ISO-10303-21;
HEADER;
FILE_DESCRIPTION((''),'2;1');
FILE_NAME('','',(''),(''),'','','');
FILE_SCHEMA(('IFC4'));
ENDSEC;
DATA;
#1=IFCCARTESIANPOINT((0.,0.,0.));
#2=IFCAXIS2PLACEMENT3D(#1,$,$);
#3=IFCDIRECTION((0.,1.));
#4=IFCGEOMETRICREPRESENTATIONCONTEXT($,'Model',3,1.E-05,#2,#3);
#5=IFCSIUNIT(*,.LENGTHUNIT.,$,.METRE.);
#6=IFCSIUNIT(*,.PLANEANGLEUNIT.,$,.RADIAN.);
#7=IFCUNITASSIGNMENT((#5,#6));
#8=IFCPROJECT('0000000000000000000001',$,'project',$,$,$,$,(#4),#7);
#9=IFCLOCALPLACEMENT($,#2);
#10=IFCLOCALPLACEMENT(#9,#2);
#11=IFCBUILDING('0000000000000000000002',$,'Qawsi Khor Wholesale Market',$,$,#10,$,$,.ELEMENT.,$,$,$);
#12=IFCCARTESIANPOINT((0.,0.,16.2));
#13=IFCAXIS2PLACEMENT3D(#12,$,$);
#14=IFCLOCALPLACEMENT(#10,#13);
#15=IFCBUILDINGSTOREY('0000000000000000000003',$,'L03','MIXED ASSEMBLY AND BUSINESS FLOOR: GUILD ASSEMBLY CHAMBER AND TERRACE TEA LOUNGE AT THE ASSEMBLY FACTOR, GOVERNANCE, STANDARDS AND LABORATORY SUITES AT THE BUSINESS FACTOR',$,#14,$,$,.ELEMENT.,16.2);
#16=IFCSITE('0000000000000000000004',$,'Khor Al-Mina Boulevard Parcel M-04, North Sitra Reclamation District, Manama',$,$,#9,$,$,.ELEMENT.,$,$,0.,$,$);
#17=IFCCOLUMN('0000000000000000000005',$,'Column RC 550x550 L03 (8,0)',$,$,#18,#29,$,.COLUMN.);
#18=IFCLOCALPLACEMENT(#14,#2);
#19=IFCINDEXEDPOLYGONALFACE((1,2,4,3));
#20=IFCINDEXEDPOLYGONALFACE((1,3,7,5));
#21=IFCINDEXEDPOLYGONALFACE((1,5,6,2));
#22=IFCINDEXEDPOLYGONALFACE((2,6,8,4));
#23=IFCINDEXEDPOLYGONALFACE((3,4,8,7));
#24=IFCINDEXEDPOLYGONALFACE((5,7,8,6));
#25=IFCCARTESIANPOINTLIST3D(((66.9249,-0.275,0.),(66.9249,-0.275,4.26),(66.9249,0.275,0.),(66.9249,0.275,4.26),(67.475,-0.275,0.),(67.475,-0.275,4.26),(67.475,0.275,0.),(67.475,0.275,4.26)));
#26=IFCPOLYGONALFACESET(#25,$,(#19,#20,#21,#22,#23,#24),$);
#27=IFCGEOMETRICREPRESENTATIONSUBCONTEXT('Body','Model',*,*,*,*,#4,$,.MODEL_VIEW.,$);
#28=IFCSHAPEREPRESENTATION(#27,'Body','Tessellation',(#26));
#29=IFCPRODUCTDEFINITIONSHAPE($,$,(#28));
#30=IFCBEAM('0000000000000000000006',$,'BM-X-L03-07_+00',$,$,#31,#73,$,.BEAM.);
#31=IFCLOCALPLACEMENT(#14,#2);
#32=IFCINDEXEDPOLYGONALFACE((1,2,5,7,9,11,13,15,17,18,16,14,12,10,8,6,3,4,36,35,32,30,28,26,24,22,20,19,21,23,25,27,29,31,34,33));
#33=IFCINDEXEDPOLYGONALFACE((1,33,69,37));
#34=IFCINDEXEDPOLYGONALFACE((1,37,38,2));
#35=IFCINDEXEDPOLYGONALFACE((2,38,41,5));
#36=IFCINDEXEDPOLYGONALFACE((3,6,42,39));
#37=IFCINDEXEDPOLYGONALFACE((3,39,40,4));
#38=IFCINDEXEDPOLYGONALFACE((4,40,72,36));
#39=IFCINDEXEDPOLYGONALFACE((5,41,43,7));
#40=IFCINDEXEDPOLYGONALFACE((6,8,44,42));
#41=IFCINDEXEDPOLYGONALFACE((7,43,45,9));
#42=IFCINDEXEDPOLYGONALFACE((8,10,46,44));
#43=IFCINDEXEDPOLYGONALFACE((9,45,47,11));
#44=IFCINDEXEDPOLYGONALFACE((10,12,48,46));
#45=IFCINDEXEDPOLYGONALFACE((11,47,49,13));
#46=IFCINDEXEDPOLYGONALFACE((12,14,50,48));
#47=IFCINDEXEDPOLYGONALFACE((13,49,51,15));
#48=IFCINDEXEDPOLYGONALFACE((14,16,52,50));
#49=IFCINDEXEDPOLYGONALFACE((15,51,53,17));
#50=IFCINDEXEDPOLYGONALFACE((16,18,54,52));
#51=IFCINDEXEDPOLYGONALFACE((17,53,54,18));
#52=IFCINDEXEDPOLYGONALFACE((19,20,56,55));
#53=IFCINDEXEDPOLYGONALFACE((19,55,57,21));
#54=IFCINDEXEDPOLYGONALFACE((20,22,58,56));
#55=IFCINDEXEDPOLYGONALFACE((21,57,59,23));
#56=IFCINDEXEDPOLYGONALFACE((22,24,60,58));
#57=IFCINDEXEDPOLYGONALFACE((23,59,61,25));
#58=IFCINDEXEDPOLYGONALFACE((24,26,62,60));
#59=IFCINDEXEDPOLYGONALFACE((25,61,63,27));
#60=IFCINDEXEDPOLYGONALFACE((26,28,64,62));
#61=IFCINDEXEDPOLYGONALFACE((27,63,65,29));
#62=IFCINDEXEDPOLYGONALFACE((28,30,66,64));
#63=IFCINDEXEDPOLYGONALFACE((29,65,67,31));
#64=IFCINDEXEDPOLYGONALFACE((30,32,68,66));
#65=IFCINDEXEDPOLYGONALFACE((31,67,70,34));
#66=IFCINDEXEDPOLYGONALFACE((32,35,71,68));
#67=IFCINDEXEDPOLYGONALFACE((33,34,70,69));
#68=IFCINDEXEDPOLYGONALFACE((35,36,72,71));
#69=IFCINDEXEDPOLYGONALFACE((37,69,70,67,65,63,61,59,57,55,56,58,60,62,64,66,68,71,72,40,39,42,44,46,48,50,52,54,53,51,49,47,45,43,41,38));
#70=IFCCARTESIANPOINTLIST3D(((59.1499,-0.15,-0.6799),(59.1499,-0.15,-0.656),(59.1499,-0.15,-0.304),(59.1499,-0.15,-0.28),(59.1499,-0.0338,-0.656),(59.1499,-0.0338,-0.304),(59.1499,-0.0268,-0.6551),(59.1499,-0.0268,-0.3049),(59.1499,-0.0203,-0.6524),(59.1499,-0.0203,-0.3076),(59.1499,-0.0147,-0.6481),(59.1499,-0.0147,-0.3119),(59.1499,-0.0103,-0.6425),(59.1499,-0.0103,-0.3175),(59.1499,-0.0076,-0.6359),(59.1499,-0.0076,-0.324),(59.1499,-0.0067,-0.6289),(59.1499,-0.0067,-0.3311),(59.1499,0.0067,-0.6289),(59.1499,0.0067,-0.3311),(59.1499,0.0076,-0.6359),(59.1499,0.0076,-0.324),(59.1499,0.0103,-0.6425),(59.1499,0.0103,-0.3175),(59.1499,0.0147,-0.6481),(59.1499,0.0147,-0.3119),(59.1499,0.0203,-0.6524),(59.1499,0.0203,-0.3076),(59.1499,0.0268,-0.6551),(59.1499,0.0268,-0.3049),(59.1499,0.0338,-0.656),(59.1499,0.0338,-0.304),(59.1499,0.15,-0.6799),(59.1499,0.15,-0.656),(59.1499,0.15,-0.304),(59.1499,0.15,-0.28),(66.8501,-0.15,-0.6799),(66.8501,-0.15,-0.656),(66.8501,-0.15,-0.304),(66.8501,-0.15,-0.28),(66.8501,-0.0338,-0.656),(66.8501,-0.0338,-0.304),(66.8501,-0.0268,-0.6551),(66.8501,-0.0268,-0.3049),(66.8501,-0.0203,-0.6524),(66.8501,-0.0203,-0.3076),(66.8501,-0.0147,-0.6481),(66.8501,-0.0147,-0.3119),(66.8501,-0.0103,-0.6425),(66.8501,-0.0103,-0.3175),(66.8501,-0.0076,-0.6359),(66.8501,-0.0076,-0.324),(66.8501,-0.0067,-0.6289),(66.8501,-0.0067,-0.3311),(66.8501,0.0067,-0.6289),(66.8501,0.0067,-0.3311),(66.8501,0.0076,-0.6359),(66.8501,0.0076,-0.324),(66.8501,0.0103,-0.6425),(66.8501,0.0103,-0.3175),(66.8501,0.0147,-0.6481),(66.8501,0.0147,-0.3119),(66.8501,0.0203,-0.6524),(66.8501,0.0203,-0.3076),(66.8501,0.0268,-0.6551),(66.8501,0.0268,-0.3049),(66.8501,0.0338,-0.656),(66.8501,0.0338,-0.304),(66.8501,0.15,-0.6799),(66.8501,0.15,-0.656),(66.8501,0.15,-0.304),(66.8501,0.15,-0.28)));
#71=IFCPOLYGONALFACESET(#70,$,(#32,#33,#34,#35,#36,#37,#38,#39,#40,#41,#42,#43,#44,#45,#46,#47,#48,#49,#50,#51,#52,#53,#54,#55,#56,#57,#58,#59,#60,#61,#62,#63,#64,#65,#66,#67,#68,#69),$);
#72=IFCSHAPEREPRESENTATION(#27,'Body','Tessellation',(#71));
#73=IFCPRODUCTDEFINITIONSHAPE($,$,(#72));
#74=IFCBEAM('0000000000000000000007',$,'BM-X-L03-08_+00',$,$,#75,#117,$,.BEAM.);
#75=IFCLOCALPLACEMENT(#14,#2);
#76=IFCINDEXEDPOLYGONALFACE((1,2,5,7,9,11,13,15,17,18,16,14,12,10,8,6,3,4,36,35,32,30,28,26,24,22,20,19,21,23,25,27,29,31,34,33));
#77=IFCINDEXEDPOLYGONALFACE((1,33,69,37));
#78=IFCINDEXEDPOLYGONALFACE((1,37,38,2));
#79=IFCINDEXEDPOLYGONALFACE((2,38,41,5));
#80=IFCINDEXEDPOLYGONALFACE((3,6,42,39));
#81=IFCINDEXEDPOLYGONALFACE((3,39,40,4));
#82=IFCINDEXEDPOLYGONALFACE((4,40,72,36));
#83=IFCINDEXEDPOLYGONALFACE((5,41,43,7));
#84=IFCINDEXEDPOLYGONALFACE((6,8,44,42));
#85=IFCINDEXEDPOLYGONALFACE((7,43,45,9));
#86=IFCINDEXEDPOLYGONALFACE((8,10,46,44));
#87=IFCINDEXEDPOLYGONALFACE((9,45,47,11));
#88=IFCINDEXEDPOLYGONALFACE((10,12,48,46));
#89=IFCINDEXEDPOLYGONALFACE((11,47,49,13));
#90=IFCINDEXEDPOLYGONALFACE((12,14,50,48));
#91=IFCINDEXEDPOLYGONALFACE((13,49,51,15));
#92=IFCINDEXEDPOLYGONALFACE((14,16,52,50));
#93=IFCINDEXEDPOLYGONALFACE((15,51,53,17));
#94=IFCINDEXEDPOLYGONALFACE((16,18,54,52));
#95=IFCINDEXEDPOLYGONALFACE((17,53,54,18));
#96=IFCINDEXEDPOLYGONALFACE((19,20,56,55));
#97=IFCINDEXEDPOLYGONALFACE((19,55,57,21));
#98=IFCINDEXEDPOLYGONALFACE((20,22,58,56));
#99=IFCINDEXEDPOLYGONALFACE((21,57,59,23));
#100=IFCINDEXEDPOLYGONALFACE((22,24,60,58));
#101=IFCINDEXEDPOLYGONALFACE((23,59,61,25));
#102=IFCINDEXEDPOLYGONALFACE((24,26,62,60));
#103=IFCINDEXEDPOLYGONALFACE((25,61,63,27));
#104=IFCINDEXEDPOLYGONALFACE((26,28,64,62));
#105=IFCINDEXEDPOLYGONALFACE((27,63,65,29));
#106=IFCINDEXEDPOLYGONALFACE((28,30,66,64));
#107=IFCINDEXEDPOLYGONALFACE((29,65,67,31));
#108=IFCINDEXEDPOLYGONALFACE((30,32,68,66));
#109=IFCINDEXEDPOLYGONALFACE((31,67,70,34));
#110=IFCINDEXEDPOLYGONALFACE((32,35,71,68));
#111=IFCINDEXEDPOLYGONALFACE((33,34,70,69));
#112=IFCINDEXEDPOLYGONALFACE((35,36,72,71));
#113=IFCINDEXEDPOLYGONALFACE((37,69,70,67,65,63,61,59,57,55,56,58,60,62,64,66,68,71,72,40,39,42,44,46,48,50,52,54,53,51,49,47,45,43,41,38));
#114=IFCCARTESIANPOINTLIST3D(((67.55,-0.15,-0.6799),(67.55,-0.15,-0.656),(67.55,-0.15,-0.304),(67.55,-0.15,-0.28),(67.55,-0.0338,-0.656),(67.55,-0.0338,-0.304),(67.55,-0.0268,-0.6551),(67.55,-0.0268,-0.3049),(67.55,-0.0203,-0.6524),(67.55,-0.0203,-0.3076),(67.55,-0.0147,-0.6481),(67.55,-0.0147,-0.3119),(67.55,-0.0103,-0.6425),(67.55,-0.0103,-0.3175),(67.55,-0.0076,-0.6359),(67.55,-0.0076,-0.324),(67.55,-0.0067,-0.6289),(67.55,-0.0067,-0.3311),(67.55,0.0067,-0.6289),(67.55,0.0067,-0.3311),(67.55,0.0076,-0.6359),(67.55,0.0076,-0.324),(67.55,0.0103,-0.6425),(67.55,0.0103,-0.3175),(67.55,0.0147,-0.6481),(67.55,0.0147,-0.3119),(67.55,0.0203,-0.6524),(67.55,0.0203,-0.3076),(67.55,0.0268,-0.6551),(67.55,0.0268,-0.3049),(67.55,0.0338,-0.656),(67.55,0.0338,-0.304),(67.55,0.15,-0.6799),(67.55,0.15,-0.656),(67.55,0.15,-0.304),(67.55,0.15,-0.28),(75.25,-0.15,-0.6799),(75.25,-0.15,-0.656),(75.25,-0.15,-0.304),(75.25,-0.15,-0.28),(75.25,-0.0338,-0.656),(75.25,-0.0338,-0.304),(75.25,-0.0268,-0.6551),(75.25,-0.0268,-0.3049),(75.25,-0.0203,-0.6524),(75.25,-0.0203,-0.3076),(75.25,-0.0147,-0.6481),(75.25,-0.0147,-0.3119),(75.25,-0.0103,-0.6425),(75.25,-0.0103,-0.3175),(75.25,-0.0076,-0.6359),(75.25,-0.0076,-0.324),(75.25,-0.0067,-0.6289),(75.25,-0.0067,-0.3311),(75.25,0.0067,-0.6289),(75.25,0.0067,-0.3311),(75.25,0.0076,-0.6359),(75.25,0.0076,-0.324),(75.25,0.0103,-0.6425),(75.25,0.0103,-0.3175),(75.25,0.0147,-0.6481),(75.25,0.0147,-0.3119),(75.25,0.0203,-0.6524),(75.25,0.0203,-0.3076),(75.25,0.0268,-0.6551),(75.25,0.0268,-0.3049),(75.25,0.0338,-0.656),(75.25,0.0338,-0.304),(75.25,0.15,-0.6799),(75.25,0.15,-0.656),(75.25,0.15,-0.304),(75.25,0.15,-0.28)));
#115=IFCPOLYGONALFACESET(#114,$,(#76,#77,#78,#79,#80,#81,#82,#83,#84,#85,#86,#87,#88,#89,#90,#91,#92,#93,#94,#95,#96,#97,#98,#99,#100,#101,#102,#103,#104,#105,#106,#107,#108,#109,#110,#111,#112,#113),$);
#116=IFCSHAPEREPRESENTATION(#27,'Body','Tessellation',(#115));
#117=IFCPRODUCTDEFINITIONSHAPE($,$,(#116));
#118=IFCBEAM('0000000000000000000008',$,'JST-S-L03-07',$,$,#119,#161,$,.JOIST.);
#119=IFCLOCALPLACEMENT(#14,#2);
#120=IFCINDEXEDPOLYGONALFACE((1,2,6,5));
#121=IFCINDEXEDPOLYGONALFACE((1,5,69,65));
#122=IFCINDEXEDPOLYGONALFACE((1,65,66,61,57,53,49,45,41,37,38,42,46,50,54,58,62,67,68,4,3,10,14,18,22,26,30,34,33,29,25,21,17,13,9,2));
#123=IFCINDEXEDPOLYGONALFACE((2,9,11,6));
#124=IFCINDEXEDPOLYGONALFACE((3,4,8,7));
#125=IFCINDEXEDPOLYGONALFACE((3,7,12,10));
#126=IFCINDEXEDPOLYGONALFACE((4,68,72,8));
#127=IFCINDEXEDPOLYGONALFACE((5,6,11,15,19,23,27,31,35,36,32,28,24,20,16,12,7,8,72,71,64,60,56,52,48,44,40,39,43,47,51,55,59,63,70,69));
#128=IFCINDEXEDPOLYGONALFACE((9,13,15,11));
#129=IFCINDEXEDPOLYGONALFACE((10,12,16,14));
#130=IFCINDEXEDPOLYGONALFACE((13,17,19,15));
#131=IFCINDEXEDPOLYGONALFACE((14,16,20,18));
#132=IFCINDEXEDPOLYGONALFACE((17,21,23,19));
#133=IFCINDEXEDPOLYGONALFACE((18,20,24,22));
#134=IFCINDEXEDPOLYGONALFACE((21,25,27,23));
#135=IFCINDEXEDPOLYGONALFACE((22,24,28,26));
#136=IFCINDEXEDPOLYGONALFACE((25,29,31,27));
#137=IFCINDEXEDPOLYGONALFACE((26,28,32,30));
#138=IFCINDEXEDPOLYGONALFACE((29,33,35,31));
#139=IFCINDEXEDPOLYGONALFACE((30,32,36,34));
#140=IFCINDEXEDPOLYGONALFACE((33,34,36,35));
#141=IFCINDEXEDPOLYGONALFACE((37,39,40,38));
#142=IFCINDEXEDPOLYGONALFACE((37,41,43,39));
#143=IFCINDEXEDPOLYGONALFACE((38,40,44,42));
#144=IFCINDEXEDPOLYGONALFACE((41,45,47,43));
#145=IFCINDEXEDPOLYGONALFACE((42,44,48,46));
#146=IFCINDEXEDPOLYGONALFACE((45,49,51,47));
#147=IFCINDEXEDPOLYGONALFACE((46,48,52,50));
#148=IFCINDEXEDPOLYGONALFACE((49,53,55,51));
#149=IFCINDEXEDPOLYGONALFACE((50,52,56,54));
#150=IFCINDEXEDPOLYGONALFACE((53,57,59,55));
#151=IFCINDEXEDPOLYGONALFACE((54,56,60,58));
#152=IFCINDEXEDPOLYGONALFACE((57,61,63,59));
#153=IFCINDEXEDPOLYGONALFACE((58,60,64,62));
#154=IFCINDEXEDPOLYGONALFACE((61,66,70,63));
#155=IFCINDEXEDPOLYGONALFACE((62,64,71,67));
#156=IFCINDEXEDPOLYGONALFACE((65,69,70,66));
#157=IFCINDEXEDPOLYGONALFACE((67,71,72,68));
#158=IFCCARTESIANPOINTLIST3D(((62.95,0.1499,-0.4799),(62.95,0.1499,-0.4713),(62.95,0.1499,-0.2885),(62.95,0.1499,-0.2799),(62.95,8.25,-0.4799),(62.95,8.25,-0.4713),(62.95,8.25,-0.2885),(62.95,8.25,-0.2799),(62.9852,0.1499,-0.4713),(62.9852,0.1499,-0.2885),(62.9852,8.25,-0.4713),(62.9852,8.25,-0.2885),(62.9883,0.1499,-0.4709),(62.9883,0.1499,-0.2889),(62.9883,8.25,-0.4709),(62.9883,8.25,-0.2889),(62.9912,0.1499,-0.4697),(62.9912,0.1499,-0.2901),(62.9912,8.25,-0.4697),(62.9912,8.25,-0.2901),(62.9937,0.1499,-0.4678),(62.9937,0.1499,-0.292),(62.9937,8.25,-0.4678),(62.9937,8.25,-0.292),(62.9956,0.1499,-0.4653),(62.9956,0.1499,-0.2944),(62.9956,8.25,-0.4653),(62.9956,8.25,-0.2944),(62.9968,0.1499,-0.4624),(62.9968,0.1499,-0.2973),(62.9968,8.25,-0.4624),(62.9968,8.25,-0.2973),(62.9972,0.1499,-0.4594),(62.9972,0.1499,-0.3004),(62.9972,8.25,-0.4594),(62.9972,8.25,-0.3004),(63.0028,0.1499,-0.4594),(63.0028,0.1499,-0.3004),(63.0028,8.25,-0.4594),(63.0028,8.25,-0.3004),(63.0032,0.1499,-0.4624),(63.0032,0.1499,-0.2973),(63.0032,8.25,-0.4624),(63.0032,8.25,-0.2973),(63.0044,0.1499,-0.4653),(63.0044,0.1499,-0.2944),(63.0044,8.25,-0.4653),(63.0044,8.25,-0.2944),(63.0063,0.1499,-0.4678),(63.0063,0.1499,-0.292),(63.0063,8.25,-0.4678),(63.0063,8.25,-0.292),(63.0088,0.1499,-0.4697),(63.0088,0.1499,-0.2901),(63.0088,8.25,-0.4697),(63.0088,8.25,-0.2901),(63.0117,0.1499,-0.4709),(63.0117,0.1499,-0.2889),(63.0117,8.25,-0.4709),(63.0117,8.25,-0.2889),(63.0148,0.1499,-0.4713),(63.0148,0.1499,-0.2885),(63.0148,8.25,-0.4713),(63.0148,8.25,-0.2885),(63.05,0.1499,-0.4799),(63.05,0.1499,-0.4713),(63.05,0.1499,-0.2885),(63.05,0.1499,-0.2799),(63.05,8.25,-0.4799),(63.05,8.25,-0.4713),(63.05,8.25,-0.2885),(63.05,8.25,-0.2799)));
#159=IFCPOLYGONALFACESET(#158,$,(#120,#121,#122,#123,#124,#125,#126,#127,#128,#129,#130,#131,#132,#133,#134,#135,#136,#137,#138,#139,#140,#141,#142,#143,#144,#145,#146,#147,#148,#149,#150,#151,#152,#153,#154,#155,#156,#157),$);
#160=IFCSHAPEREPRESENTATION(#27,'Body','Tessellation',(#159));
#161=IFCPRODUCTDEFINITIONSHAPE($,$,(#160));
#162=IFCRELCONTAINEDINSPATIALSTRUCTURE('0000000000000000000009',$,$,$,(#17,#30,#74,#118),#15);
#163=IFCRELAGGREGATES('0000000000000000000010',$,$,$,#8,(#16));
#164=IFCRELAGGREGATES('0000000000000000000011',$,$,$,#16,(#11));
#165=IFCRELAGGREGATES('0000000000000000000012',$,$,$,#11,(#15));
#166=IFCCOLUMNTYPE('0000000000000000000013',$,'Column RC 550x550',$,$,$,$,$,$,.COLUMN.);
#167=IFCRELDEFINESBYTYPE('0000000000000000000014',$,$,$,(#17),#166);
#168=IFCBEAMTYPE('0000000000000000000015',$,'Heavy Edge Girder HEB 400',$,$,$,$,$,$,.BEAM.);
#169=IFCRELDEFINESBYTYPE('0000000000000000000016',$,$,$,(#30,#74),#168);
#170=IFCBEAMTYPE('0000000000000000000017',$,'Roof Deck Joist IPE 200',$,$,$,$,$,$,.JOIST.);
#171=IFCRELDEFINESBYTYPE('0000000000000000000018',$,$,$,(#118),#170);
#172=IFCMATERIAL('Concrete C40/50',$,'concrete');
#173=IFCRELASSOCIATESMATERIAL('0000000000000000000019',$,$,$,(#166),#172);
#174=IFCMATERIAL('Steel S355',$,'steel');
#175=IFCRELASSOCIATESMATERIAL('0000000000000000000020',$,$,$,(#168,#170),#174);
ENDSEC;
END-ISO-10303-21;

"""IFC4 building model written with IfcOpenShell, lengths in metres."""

from ifc_helpers import new_model, si_unit, direction, frame, origin, origin_2d, place, context, subcontext, project, spatial, rectangle, i_section, extrude, material, material_profile, profile_set, type_object, element, save


model = new_model("IFC4")

# Units and contexts
model_context = context("Model", 3, precision=1e-05, world=origin(), true_north=direction((0.0, 1.0)))
body_context = subcontext(model_context, "Body", "Model", "MODEL_VIEW")
ifc_project = project(units=[si_unit("LENGTHUNIT", "METRE"), si_unit("PLANEANGLEUNIT", "RADIAN")], contexts=[model_context])

# Site, building, storey
site_placement = place(None, origin())
site = spatial("IfcSite", under=ifc_project, at=site_placement, Name="Khor Al-Mina Boulevard Parcel M-04, North Sitra Reclamation District, Manama", CompositionType="ELEMENT", RefElevation=0.0)
building_placement = place(site_placement, origin())
building = spatial("IfcBuilding", under=site, at=building_placement, Name="Qawsi Khor Wholesale Market", CompositionType="ELEMENT")
storey_placement = place(building_placement, frame((0.0, 0.0, 16.2)))
storey = spatial("IfcBuildingStorey", under=building, at=storey_placement, Name="L03", Description="MIXED ASSEMBLY AND BUSINESS FLOOR: GUILD ASSEMBLY CHAMBER AND TERRACE TEA LOUNGE AT THE ASSEMBLY FACTOR, GOVERNANCE, STANDARDS AND LABORATORY SUITES AT THE BUSINESS FACTOR", CompositionType="ELEMENT", Elevation=16.2)

# Column
ifc_material_1 = material(Name="Concrete C40/50", Category="concrete")
ifc_material_profile_1 = material_profile(ifc_material_1, rectangle(XDim=0.55, YDim=0.55, at=origin_2d()), Name="RC 550x550")
ifc_profile_set_1 = profile_set([ifc_material_profile_1], Name="Concrete C40/50")
column_type = type_object("IfcColumnType", Name="Column RC 550x550", PredefinedType="COLUMN", material=ifc_profile_set_1)
column_placement = place(storey_placement, frame((67.2, 0.0, 0.0), z_axis=(0.0, 0.0, 1.0), x_axis=(1.0, 0.0, 0.0)))
element("IfcColumn", 1, at=column_placement, inside=storey, type_object=column_type, Name="Column RC 550x550 L03 (8,0)", PredefinedType="COLUMN", context=body_context, shape_type="SweptSolid", body=[
    extrude(rectangle(XDim=0.55, YDim=0.55, at=origin_2d()), origin(), (0.0, 0.0, 1.0), 4.26),
])

# Beams
ifc_material_2 = material(Name="Steel S355", Category="steel")
ifc_material_profile_2 = material_profile(ifc_material_2, i_section(OverallWidth=0.3, OverallDepth=0.3999, WebThickness=0.0134, FlangeThickness=0.0239, FilletRadius=0.0271, at=origin_2d()), Name="HEB 400")
ifc_profile_set_2 = profile_set([ifc_material_profile_2], Name="Steel S355")
beam_type_1 = type_object("IfcBeamType", Name="Heavy Edge Girder HEB 400", PredefinedType="BEAM", material=ifc_profile_set_2)
beam_1_placement = place(storey_placement, frame((59.1499, 0.0, -0.48), z_axis=(1.0, 0.0, 0.0), x_axis=(0.0, 1.0, 0.0)))
element("IfcBeam", 2, at=beam_1_placement, inside=storey, type_object=beam_type_1, Name="BM-X-L03-07_+00", PredefinedType="BEAM", context=body_context, shape_type="SweptSolid", body=[
    extrude(i_section(OverallWidth=0.3, OverallDepth=0.3999, WebThickness=0.0134, FlangeThickness=0.0239, FilletRadius=0.0271, at=origin_2d()), origin(), (0.0, 0.0, 1.0), 7.7002),
])
beam_2_placement = place(storey_placement, frame((67.55, 0.0, -0.48), z_axis=(1.0, 0.0, 0.0), x_axis=(0.0, 1.0, 0.0)))
element("IfcBeam", 3, at=beam_2_placement, inside=storey, type_object=beam_type_1, Name="BM-X-L03-08_+00", PredefinedType="BEAM", context=body_context, shape_type="SweptSolid", body=[
    extrude(i_section(OverallWidth=0.3, OverallDepth=0.3999, WebThickness=0.0134, FlangeThickness=0.0239, FilletRadius=0.0271, at=origin_2d()), origin(), (0.0, 0.0, 1.0), 7.7),
])
ifc_material_profile_3 = material_profile(ifc_material_2, i_section(OverallWidth=0.1001, OverallDepth=0.2, WebThickness=0.0056, FlangeThickness=0.0085, FilletRadius=0.012, at=origin_2d()), Name="IPE 200")
ifc_profile_set_3 = profile_set([ifc_material_profile_3], Name="Steel S355")
beam_type_2 = type_object("IfcBeamType", Name="Roof Deck Joist IPE 200", PredefinedType="JOIST", material=ifc_profile_set_3)
for number, where, z_axis, x_axis, name in (
    (4, (63.0, 0.1499, -0.3799), (0.0, 1.0, 0.0), (-1.0, 0.0, 0.0), "JST-S-L03-07"),
):
    element("IfcBeam", number, at=place(storey_placement, frame(where, z_axis=z_axis, x_axis=x_axis)), inside=storey, type_object=beam_type_2, Name=name, PredefinedType="JOIST", context=body_context, shape_type="SweptSolid", body=[
        extrude(i_section(OverallWidth=0.1001, OverallDepth=0.2, WebThickness=0.0056, FlangeThickness=0.0085, FilletRadius=0.012, at=origin_2d()), origin(), (0.0, 0.0, 1.0), 8.1001),
    ])

save(model, "model.ifc")
